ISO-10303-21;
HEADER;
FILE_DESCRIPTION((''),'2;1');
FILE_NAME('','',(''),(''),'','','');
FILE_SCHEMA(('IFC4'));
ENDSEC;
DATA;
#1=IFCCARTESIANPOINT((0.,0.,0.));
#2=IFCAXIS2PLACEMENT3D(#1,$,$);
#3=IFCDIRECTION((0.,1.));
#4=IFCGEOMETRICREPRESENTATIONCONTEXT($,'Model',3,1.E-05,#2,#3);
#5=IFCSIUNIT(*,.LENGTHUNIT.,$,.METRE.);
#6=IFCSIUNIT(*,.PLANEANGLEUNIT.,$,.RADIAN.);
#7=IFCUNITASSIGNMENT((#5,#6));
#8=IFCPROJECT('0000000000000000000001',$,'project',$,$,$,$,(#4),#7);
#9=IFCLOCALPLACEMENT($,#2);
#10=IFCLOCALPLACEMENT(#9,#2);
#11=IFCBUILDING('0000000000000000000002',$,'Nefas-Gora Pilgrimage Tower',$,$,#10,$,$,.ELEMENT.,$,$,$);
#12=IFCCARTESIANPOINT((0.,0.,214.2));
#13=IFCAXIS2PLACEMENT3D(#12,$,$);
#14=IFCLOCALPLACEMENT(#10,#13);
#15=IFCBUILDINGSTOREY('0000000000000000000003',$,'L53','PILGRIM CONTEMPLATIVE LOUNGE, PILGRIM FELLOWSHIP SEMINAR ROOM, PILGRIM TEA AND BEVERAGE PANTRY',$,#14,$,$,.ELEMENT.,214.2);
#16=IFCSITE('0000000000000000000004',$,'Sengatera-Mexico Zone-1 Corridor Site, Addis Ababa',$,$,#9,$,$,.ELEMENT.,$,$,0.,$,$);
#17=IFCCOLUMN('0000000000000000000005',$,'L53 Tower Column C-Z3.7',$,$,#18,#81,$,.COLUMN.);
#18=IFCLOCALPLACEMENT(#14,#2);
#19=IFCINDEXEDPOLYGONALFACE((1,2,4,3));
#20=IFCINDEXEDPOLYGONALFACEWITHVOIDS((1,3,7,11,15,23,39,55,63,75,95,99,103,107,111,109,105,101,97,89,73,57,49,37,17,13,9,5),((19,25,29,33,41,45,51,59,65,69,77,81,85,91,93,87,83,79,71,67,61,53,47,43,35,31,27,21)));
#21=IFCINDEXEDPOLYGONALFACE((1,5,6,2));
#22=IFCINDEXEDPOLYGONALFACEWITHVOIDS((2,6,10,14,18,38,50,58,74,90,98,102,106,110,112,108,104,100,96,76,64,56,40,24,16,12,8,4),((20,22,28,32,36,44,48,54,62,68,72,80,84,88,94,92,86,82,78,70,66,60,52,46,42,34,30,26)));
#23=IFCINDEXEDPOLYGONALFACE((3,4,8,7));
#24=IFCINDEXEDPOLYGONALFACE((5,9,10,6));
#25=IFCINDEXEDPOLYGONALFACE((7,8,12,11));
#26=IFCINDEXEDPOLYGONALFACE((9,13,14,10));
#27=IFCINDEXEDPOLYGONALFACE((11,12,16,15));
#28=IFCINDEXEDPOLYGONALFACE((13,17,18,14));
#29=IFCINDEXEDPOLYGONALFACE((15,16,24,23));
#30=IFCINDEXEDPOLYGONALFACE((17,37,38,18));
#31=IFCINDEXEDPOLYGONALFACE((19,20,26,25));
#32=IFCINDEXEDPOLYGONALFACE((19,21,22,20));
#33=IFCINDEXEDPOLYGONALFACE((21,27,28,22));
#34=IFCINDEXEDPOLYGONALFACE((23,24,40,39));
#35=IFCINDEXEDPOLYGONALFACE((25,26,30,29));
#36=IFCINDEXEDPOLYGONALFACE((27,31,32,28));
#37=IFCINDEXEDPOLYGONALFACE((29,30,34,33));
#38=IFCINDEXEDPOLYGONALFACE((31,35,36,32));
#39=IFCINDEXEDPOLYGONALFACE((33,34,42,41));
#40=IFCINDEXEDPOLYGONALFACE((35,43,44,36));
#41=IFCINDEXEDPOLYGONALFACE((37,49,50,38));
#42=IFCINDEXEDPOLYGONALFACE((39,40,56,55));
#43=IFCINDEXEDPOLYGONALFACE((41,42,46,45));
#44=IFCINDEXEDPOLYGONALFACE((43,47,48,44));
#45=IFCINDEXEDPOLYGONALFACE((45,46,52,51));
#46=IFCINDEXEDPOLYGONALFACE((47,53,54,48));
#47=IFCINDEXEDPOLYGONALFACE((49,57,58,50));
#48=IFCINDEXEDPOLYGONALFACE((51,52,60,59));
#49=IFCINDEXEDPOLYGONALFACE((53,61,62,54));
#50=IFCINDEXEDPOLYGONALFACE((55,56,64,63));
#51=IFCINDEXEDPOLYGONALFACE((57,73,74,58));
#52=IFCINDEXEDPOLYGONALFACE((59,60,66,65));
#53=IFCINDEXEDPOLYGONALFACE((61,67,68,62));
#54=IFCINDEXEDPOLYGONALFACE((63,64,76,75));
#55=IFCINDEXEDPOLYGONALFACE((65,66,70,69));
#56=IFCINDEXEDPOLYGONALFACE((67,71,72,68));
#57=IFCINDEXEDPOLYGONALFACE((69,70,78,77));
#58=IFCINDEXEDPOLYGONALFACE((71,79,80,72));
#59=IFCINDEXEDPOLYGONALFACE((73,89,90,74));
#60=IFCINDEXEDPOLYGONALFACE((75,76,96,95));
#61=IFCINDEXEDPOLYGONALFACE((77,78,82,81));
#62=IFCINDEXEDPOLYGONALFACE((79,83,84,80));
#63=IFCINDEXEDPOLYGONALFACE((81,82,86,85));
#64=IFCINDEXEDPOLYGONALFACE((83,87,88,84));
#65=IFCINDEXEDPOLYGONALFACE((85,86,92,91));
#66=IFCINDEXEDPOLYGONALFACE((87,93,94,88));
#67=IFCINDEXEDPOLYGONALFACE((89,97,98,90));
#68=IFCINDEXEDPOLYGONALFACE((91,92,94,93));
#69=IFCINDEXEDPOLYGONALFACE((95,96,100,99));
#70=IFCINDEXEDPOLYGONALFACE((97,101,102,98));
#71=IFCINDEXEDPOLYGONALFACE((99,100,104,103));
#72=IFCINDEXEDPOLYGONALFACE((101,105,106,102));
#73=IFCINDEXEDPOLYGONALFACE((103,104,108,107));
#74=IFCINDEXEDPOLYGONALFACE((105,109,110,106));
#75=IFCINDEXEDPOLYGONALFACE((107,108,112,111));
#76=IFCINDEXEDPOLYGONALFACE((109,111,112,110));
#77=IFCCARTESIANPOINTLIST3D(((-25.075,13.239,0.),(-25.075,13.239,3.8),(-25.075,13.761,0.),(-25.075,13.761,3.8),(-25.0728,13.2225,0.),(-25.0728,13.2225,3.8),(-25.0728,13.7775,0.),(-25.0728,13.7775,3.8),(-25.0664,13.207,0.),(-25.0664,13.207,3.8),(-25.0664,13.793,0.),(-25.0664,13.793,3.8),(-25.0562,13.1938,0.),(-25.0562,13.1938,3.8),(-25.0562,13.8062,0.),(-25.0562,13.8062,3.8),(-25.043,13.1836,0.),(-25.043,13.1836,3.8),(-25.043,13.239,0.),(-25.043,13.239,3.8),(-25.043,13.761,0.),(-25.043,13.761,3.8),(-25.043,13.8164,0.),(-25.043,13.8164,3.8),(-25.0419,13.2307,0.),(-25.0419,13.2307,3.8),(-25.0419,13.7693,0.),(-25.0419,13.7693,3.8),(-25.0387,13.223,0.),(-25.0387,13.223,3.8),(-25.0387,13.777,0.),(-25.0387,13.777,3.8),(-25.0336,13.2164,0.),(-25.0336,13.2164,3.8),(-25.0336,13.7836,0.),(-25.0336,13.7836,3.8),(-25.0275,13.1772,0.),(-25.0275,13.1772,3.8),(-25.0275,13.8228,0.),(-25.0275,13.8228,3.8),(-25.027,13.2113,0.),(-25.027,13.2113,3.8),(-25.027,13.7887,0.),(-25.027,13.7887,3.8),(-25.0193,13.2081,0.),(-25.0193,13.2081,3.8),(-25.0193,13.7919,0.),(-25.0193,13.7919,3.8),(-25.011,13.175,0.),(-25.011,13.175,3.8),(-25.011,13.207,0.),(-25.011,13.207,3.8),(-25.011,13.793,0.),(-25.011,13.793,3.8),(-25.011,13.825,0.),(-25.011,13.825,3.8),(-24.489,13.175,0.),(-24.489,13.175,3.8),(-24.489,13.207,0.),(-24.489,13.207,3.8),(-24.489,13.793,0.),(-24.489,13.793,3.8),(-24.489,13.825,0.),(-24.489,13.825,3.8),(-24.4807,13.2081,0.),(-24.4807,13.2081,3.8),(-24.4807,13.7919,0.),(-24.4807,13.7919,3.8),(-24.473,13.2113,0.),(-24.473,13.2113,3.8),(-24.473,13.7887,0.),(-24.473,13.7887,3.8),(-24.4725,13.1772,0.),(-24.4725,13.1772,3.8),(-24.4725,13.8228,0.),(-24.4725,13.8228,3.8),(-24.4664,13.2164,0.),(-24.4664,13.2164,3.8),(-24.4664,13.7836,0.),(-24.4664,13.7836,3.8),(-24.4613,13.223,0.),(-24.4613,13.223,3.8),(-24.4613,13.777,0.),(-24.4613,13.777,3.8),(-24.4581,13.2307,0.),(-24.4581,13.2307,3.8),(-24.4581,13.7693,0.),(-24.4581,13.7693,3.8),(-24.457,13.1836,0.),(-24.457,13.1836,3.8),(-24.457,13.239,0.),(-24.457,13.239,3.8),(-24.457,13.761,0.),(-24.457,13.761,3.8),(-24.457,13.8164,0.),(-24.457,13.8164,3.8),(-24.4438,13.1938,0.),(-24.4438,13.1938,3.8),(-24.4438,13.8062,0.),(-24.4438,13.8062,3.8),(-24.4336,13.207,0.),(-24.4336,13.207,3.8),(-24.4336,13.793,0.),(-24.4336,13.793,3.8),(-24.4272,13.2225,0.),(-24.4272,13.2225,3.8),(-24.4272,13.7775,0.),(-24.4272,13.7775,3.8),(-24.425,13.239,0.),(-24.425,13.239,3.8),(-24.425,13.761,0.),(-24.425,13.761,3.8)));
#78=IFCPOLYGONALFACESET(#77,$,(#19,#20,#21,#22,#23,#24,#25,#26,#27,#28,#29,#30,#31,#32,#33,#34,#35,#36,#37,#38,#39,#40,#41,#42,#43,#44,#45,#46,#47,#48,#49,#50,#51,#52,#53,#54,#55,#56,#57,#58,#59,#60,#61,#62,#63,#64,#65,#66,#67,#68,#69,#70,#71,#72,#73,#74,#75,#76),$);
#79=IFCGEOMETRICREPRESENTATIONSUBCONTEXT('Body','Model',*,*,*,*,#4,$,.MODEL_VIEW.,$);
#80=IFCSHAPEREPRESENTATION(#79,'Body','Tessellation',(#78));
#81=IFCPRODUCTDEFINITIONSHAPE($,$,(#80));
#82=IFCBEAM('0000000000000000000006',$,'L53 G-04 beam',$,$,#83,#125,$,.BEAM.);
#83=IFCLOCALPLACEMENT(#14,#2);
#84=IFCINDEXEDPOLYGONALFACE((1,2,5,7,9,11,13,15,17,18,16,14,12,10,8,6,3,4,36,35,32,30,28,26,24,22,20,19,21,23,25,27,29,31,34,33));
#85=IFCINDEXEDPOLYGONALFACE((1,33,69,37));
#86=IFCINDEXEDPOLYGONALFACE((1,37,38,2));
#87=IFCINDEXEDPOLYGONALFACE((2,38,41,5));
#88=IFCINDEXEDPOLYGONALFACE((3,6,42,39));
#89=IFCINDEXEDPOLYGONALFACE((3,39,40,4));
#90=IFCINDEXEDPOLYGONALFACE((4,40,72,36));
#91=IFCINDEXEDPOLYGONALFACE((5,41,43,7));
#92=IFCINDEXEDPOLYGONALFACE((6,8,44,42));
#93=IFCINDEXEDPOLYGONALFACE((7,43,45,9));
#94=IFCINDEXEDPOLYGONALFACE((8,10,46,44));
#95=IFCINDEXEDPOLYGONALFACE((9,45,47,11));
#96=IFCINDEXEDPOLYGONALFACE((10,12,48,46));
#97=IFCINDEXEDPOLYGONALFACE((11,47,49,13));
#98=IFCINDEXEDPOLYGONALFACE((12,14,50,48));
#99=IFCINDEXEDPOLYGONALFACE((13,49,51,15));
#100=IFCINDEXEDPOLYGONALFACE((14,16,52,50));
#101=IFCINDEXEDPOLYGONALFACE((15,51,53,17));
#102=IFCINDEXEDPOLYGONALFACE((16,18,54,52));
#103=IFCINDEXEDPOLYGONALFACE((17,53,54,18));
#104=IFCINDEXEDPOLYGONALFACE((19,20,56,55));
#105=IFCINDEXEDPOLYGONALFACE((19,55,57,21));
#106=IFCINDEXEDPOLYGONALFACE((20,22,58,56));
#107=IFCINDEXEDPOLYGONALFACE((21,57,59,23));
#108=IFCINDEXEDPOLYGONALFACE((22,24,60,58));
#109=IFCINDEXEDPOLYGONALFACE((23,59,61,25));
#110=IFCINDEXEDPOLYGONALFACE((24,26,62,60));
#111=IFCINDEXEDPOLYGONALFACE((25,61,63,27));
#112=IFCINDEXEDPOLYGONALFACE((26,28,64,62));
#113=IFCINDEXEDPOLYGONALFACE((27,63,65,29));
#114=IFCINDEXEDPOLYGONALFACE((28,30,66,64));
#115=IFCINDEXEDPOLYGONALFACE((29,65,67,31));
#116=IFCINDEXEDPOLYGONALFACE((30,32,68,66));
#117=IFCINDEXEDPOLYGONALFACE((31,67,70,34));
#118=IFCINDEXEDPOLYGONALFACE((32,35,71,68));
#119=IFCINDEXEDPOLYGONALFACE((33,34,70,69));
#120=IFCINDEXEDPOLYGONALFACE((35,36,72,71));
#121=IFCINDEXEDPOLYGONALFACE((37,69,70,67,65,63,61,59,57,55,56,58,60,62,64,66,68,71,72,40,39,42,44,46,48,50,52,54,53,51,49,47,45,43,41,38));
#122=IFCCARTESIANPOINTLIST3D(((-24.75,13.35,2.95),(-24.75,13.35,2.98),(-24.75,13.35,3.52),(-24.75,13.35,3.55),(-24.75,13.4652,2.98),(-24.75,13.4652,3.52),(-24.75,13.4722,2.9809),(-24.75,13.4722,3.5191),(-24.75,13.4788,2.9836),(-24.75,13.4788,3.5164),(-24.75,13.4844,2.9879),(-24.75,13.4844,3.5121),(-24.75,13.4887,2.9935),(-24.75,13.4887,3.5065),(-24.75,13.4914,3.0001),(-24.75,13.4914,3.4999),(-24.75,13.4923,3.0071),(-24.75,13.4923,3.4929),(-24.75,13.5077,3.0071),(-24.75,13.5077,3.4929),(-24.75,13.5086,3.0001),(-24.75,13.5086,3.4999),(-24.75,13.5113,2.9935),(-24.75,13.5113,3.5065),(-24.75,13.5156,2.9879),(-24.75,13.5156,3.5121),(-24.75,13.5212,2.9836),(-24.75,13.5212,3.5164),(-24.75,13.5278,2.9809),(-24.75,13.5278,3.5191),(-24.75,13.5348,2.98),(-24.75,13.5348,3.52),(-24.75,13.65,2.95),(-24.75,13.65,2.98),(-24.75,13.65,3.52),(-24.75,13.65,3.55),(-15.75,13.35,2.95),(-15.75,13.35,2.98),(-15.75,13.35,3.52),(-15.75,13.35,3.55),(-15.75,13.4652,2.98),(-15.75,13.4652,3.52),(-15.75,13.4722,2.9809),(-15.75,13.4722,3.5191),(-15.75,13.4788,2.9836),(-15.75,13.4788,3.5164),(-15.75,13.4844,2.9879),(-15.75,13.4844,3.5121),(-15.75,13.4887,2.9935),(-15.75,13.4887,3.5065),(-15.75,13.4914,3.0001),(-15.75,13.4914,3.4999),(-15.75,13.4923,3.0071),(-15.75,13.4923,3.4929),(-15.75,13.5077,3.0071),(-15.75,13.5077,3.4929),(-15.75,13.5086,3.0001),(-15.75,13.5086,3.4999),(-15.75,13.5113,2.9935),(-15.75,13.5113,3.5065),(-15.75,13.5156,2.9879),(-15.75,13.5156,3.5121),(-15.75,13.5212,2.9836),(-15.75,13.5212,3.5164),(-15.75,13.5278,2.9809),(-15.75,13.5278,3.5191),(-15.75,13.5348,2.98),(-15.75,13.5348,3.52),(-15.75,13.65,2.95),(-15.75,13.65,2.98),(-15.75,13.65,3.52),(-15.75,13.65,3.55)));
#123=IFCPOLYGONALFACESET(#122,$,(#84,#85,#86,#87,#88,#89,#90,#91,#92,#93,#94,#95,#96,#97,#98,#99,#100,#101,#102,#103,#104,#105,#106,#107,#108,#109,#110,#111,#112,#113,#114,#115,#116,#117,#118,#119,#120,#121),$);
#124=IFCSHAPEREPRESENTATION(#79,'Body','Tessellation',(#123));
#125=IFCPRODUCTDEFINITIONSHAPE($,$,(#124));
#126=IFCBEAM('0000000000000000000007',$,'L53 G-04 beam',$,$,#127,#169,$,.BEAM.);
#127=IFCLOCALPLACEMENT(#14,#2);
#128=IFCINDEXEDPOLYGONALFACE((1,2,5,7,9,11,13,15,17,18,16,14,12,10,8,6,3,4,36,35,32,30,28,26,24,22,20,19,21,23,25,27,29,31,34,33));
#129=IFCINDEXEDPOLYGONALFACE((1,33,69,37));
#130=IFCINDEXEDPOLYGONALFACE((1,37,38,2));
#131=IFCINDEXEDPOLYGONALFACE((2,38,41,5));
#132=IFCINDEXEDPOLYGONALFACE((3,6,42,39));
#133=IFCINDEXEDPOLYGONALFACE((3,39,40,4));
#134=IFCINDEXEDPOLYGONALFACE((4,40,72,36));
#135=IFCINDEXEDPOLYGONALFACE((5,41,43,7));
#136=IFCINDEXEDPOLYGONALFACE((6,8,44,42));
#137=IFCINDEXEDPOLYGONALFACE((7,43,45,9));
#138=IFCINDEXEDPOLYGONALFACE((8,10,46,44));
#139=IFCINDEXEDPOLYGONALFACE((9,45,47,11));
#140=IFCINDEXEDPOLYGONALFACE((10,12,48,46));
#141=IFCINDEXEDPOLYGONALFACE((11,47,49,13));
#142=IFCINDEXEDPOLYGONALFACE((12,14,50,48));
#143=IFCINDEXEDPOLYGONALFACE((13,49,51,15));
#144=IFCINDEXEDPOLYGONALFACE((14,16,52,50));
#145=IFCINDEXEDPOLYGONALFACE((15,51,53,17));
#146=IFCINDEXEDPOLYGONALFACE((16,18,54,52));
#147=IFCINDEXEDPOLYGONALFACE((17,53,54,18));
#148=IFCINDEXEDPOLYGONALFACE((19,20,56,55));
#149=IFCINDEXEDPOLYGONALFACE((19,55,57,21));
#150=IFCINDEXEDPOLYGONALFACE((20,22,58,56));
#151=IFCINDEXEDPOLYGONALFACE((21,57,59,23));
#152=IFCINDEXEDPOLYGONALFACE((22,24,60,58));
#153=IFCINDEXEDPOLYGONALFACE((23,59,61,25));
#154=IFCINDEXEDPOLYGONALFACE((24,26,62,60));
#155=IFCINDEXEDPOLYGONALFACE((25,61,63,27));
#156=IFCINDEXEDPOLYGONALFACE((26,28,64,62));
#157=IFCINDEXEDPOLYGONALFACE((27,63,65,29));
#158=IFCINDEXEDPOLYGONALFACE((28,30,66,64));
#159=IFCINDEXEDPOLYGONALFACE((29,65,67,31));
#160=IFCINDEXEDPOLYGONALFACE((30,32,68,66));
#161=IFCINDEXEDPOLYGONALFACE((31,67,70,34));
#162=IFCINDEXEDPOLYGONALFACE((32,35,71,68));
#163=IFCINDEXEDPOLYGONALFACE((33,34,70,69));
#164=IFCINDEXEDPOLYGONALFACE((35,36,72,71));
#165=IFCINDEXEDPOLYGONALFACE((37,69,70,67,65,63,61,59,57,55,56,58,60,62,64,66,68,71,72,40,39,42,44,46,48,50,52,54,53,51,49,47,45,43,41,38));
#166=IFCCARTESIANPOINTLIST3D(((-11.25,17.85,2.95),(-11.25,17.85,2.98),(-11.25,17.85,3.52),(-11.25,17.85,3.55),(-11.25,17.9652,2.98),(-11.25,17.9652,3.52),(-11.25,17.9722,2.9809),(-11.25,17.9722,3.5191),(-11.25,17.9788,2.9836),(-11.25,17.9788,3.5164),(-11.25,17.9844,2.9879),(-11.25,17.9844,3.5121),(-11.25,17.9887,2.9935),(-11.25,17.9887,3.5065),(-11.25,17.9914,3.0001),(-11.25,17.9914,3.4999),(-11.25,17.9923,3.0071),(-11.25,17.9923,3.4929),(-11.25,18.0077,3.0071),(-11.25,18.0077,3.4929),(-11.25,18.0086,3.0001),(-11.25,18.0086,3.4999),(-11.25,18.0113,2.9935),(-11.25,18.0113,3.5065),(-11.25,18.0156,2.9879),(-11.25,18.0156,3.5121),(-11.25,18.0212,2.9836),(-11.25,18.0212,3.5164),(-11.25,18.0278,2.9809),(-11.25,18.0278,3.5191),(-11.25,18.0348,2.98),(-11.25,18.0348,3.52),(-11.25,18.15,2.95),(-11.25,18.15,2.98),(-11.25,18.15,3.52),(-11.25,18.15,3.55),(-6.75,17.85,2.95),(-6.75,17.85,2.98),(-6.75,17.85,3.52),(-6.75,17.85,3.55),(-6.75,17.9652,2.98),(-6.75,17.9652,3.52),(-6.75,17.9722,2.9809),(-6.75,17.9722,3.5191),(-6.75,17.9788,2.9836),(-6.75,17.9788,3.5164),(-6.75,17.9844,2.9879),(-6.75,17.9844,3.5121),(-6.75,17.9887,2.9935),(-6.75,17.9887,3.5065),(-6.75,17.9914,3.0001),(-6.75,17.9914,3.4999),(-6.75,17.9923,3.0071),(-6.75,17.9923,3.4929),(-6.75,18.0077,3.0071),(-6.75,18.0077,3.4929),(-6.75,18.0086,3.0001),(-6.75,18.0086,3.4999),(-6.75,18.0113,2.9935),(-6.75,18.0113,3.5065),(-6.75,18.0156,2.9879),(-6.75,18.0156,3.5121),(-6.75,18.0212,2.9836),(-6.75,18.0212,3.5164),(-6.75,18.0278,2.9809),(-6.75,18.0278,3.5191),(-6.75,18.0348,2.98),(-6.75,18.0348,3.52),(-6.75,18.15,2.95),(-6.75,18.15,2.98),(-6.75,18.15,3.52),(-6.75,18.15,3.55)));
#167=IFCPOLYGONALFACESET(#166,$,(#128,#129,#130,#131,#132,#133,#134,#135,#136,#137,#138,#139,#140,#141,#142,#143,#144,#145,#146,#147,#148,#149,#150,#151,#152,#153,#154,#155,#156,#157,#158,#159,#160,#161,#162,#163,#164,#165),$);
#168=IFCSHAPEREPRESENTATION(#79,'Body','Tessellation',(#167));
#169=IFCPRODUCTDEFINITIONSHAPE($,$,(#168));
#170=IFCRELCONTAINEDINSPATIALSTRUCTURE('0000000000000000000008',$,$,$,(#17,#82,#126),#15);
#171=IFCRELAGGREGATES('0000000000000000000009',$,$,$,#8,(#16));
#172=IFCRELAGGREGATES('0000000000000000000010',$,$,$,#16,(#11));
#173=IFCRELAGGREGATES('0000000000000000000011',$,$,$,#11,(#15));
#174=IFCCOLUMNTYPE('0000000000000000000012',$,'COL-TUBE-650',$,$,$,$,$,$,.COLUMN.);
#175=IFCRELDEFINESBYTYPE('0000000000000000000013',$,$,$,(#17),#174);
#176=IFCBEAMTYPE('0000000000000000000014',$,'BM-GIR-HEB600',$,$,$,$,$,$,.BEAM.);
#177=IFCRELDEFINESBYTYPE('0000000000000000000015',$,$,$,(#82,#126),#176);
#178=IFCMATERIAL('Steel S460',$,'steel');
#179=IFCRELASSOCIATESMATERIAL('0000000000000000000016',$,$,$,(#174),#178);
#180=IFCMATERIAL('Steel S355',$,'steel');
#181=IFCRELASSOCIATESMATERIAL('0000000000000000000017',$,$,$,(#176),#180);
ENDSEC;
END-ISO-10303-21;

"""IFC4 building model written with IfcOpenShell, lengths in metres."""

from ifc_helpers import new_model, si_unit, direction, frame, origin, origin_2d, place, context, subcontext, project, spatial, hollow_rectangle, i_section, extrude, source, transform, mapped, material, material_profile, profile_set, type_object, element, save


model = new_model("IFC4")

# Units and contexts
model_context = context("Model", 3, precision=1e-05, world=origin(), true_north=direction((0.0, 1.0)))
body_context = subcontext(model_context, "Body", "Model", "MODEL_VIEW")
ifc_project = project(units=[si_unit("LENGTHUNIT", "METRE"), si_unit("PLANEANGLEUNIT", "RADIAN")], contexts=[model_context])

# Site, building, storey
site_placement = place(None, origin())
site = spatial("IfcSite", under=ifc_project, at=site_placement, Name="Sengatera-Mexico Zone-1 Corridor Site, Addis Ababa", CompositionType="ELEMENT", RefElevation=0.0)
building_placement = place(site_placement, origin())
building = spatial("IfcBuilding", under=site, at=building_placement, Name="Nefas-Gora Pilgrimage Tower", CompositionType="ELEMENT")
storey_placement = place(building_placement, frame((0.0, 0.0, 214.2)))
storey = spatial("IfcBuildingStorey", under=building, at=storey_placement, Name="L53", Description="PILGRIM CONTEMPLATIVE LOUNGE, PILGRIM FELLOWSHIP SEMINAR ROOM, PILGRIM TEA AND BEVERAGE PANTRY", CompositionType="ELEMENT", Elevation=214.2)

# Column
ifc_material_1 = material(Name="Steel S460", Category="steel")
ifc_material_profile_1 = material_profile(ifc_material_1, hollow_rectangle(XDim=0.6499, YDim=0.6499, WallThickness=0.032, InnerFilletRadius=0.032, OuterFilletRadius=0.064, at=origin_2d()), Name="BOX 650x650x32")
ifc_profile_set_1 = profile_set([ifc_material_profile_1], Name="Steel S460")
column_type_1 = type_object("IfcColumnType", Name="COL-TUBE-650", PredefinedType="COLUMN", material=ifc_profile_set_1)
shared_shape_1 = source(origin(), body_context, "Body", "SweptSolid", [
    extrude(hollow_rectangle(XDim=0.6499, YDim=0.6499, WallThickness=0.032, InnerFilletRadius=0.032, OuterFilletRadius=0.064, at=origin_2d()), origin(), (0.0, 0.0, 1.0), 3.8),
])
column_placement = place(storey_placement, frame((-24.75, 13.5, 0.0), z_axis=(0.0, 0.0, 1.0), x_axis=(1.0, 0.0, 0.0)))
element("IfcColumn", 1, at=column_placement, inside=storey, type_object=column_type_1, Name="L53 Tower Column C-Z3.7", PredefinedType="COLUMN", context=body_context, shape_type="MappedRepresentation", body=[
    mapped(shared_shape_1, transform((0.0, 0.0, 0.0), x_axis=(1.0, 0.0, 0.0), y_axis=(0.0, 1.0, 0.0), z_axis=(0.0, 0.0, 1.0), scale=1.0)),
])

# Beams
ifc_material_2 = material(Name="Steel S355", Category="steel")
ifc_material_profile_2 = material_profile(ifc_material_2, i_section(OverallWidth=0.3, OverallDepth=0.6001, WebThickness=0.0154, FlangeThickness=0.03, FilletRadius=0.0271, at=origin_2d()), Name="HEB 600")
ifc_profile_set_2 = profile_set([ifc_material_profile_2], Name="Steel S355")
beam_type = type_object("IfcBeamType", Name="BM-GIR-HEB600", PredefinedType="BEAM", material=ifc_profile_set_2)
shared_shape_2 = source(origin(), body_context, "Body", "SweptSolid", [
    extrude(i_section(OverallWidth=0.3, OverallDepth=0.6001, WebThickness=0.0154, FlangeThickness=0.03, FilletRadius=0.0271, at=origin_2d()), origin(), (0.0, 0.0, 1.0), 9.0),
])
beam_1_placement = place(storey_placement, frame((-24.75, 13.5, 3.25), z_axis=(1.0, 0.0, 0.0), x_axis=(0.0, 1.0, 0.0)))
element("IfcBeam", 2, at=beam_1_placement, inside=storey, type_object=beam_type, Name="L53 G-04 beam", PredefinedType="BEAM", context=body_context, shape_type="MappedRepresentation", body=[
    mapped(shared_shape_2, transform((0.0, 0.0, 0.0), x_axis=(1.0, 0.0, 0.0), y_axis=(0.0, 1.0, 0.0), z_axis=(0.0, 0.0, 1.0), scale=1.0)),
])
shared_shape_3 = source(origin(), body_context, "Body", "SweptSolid", [
    extrude(i_section(OverallWidth=0.3, OverallDepth=0.6001, WebThickness=0.0154, FlangeThickness=0.03, FilletRadius=0.0271, at=origin_2d()), origin(), (0.0, 0.0, 1.0), 4.5),
])
beam_2_placement = place(storey_placement, frame((-11.25, 18.0, 3.25), z_axis=(1.0, 0.0, 0.0), x_axis=(0.0, 1.0, 0.0)))
element("IfcBeam", 3, at=beam_2_placement, inside=storey, type_object=beam_type, Name="L53 G-04 beam", PredefinedType="BEAM", context=body_context, shape_type="MappedRepresentation", body=[
    mapped(shared_shape_3, transform((0.0, 0.0, 0.0), x_axis=(1.0, 0.0, 0.0), y_axis=(0.0, 1.0, 0.0), z_axis=(0.0, 0.0, 1.0), scale=1.0)),
])

save(model, "model.ifc")
